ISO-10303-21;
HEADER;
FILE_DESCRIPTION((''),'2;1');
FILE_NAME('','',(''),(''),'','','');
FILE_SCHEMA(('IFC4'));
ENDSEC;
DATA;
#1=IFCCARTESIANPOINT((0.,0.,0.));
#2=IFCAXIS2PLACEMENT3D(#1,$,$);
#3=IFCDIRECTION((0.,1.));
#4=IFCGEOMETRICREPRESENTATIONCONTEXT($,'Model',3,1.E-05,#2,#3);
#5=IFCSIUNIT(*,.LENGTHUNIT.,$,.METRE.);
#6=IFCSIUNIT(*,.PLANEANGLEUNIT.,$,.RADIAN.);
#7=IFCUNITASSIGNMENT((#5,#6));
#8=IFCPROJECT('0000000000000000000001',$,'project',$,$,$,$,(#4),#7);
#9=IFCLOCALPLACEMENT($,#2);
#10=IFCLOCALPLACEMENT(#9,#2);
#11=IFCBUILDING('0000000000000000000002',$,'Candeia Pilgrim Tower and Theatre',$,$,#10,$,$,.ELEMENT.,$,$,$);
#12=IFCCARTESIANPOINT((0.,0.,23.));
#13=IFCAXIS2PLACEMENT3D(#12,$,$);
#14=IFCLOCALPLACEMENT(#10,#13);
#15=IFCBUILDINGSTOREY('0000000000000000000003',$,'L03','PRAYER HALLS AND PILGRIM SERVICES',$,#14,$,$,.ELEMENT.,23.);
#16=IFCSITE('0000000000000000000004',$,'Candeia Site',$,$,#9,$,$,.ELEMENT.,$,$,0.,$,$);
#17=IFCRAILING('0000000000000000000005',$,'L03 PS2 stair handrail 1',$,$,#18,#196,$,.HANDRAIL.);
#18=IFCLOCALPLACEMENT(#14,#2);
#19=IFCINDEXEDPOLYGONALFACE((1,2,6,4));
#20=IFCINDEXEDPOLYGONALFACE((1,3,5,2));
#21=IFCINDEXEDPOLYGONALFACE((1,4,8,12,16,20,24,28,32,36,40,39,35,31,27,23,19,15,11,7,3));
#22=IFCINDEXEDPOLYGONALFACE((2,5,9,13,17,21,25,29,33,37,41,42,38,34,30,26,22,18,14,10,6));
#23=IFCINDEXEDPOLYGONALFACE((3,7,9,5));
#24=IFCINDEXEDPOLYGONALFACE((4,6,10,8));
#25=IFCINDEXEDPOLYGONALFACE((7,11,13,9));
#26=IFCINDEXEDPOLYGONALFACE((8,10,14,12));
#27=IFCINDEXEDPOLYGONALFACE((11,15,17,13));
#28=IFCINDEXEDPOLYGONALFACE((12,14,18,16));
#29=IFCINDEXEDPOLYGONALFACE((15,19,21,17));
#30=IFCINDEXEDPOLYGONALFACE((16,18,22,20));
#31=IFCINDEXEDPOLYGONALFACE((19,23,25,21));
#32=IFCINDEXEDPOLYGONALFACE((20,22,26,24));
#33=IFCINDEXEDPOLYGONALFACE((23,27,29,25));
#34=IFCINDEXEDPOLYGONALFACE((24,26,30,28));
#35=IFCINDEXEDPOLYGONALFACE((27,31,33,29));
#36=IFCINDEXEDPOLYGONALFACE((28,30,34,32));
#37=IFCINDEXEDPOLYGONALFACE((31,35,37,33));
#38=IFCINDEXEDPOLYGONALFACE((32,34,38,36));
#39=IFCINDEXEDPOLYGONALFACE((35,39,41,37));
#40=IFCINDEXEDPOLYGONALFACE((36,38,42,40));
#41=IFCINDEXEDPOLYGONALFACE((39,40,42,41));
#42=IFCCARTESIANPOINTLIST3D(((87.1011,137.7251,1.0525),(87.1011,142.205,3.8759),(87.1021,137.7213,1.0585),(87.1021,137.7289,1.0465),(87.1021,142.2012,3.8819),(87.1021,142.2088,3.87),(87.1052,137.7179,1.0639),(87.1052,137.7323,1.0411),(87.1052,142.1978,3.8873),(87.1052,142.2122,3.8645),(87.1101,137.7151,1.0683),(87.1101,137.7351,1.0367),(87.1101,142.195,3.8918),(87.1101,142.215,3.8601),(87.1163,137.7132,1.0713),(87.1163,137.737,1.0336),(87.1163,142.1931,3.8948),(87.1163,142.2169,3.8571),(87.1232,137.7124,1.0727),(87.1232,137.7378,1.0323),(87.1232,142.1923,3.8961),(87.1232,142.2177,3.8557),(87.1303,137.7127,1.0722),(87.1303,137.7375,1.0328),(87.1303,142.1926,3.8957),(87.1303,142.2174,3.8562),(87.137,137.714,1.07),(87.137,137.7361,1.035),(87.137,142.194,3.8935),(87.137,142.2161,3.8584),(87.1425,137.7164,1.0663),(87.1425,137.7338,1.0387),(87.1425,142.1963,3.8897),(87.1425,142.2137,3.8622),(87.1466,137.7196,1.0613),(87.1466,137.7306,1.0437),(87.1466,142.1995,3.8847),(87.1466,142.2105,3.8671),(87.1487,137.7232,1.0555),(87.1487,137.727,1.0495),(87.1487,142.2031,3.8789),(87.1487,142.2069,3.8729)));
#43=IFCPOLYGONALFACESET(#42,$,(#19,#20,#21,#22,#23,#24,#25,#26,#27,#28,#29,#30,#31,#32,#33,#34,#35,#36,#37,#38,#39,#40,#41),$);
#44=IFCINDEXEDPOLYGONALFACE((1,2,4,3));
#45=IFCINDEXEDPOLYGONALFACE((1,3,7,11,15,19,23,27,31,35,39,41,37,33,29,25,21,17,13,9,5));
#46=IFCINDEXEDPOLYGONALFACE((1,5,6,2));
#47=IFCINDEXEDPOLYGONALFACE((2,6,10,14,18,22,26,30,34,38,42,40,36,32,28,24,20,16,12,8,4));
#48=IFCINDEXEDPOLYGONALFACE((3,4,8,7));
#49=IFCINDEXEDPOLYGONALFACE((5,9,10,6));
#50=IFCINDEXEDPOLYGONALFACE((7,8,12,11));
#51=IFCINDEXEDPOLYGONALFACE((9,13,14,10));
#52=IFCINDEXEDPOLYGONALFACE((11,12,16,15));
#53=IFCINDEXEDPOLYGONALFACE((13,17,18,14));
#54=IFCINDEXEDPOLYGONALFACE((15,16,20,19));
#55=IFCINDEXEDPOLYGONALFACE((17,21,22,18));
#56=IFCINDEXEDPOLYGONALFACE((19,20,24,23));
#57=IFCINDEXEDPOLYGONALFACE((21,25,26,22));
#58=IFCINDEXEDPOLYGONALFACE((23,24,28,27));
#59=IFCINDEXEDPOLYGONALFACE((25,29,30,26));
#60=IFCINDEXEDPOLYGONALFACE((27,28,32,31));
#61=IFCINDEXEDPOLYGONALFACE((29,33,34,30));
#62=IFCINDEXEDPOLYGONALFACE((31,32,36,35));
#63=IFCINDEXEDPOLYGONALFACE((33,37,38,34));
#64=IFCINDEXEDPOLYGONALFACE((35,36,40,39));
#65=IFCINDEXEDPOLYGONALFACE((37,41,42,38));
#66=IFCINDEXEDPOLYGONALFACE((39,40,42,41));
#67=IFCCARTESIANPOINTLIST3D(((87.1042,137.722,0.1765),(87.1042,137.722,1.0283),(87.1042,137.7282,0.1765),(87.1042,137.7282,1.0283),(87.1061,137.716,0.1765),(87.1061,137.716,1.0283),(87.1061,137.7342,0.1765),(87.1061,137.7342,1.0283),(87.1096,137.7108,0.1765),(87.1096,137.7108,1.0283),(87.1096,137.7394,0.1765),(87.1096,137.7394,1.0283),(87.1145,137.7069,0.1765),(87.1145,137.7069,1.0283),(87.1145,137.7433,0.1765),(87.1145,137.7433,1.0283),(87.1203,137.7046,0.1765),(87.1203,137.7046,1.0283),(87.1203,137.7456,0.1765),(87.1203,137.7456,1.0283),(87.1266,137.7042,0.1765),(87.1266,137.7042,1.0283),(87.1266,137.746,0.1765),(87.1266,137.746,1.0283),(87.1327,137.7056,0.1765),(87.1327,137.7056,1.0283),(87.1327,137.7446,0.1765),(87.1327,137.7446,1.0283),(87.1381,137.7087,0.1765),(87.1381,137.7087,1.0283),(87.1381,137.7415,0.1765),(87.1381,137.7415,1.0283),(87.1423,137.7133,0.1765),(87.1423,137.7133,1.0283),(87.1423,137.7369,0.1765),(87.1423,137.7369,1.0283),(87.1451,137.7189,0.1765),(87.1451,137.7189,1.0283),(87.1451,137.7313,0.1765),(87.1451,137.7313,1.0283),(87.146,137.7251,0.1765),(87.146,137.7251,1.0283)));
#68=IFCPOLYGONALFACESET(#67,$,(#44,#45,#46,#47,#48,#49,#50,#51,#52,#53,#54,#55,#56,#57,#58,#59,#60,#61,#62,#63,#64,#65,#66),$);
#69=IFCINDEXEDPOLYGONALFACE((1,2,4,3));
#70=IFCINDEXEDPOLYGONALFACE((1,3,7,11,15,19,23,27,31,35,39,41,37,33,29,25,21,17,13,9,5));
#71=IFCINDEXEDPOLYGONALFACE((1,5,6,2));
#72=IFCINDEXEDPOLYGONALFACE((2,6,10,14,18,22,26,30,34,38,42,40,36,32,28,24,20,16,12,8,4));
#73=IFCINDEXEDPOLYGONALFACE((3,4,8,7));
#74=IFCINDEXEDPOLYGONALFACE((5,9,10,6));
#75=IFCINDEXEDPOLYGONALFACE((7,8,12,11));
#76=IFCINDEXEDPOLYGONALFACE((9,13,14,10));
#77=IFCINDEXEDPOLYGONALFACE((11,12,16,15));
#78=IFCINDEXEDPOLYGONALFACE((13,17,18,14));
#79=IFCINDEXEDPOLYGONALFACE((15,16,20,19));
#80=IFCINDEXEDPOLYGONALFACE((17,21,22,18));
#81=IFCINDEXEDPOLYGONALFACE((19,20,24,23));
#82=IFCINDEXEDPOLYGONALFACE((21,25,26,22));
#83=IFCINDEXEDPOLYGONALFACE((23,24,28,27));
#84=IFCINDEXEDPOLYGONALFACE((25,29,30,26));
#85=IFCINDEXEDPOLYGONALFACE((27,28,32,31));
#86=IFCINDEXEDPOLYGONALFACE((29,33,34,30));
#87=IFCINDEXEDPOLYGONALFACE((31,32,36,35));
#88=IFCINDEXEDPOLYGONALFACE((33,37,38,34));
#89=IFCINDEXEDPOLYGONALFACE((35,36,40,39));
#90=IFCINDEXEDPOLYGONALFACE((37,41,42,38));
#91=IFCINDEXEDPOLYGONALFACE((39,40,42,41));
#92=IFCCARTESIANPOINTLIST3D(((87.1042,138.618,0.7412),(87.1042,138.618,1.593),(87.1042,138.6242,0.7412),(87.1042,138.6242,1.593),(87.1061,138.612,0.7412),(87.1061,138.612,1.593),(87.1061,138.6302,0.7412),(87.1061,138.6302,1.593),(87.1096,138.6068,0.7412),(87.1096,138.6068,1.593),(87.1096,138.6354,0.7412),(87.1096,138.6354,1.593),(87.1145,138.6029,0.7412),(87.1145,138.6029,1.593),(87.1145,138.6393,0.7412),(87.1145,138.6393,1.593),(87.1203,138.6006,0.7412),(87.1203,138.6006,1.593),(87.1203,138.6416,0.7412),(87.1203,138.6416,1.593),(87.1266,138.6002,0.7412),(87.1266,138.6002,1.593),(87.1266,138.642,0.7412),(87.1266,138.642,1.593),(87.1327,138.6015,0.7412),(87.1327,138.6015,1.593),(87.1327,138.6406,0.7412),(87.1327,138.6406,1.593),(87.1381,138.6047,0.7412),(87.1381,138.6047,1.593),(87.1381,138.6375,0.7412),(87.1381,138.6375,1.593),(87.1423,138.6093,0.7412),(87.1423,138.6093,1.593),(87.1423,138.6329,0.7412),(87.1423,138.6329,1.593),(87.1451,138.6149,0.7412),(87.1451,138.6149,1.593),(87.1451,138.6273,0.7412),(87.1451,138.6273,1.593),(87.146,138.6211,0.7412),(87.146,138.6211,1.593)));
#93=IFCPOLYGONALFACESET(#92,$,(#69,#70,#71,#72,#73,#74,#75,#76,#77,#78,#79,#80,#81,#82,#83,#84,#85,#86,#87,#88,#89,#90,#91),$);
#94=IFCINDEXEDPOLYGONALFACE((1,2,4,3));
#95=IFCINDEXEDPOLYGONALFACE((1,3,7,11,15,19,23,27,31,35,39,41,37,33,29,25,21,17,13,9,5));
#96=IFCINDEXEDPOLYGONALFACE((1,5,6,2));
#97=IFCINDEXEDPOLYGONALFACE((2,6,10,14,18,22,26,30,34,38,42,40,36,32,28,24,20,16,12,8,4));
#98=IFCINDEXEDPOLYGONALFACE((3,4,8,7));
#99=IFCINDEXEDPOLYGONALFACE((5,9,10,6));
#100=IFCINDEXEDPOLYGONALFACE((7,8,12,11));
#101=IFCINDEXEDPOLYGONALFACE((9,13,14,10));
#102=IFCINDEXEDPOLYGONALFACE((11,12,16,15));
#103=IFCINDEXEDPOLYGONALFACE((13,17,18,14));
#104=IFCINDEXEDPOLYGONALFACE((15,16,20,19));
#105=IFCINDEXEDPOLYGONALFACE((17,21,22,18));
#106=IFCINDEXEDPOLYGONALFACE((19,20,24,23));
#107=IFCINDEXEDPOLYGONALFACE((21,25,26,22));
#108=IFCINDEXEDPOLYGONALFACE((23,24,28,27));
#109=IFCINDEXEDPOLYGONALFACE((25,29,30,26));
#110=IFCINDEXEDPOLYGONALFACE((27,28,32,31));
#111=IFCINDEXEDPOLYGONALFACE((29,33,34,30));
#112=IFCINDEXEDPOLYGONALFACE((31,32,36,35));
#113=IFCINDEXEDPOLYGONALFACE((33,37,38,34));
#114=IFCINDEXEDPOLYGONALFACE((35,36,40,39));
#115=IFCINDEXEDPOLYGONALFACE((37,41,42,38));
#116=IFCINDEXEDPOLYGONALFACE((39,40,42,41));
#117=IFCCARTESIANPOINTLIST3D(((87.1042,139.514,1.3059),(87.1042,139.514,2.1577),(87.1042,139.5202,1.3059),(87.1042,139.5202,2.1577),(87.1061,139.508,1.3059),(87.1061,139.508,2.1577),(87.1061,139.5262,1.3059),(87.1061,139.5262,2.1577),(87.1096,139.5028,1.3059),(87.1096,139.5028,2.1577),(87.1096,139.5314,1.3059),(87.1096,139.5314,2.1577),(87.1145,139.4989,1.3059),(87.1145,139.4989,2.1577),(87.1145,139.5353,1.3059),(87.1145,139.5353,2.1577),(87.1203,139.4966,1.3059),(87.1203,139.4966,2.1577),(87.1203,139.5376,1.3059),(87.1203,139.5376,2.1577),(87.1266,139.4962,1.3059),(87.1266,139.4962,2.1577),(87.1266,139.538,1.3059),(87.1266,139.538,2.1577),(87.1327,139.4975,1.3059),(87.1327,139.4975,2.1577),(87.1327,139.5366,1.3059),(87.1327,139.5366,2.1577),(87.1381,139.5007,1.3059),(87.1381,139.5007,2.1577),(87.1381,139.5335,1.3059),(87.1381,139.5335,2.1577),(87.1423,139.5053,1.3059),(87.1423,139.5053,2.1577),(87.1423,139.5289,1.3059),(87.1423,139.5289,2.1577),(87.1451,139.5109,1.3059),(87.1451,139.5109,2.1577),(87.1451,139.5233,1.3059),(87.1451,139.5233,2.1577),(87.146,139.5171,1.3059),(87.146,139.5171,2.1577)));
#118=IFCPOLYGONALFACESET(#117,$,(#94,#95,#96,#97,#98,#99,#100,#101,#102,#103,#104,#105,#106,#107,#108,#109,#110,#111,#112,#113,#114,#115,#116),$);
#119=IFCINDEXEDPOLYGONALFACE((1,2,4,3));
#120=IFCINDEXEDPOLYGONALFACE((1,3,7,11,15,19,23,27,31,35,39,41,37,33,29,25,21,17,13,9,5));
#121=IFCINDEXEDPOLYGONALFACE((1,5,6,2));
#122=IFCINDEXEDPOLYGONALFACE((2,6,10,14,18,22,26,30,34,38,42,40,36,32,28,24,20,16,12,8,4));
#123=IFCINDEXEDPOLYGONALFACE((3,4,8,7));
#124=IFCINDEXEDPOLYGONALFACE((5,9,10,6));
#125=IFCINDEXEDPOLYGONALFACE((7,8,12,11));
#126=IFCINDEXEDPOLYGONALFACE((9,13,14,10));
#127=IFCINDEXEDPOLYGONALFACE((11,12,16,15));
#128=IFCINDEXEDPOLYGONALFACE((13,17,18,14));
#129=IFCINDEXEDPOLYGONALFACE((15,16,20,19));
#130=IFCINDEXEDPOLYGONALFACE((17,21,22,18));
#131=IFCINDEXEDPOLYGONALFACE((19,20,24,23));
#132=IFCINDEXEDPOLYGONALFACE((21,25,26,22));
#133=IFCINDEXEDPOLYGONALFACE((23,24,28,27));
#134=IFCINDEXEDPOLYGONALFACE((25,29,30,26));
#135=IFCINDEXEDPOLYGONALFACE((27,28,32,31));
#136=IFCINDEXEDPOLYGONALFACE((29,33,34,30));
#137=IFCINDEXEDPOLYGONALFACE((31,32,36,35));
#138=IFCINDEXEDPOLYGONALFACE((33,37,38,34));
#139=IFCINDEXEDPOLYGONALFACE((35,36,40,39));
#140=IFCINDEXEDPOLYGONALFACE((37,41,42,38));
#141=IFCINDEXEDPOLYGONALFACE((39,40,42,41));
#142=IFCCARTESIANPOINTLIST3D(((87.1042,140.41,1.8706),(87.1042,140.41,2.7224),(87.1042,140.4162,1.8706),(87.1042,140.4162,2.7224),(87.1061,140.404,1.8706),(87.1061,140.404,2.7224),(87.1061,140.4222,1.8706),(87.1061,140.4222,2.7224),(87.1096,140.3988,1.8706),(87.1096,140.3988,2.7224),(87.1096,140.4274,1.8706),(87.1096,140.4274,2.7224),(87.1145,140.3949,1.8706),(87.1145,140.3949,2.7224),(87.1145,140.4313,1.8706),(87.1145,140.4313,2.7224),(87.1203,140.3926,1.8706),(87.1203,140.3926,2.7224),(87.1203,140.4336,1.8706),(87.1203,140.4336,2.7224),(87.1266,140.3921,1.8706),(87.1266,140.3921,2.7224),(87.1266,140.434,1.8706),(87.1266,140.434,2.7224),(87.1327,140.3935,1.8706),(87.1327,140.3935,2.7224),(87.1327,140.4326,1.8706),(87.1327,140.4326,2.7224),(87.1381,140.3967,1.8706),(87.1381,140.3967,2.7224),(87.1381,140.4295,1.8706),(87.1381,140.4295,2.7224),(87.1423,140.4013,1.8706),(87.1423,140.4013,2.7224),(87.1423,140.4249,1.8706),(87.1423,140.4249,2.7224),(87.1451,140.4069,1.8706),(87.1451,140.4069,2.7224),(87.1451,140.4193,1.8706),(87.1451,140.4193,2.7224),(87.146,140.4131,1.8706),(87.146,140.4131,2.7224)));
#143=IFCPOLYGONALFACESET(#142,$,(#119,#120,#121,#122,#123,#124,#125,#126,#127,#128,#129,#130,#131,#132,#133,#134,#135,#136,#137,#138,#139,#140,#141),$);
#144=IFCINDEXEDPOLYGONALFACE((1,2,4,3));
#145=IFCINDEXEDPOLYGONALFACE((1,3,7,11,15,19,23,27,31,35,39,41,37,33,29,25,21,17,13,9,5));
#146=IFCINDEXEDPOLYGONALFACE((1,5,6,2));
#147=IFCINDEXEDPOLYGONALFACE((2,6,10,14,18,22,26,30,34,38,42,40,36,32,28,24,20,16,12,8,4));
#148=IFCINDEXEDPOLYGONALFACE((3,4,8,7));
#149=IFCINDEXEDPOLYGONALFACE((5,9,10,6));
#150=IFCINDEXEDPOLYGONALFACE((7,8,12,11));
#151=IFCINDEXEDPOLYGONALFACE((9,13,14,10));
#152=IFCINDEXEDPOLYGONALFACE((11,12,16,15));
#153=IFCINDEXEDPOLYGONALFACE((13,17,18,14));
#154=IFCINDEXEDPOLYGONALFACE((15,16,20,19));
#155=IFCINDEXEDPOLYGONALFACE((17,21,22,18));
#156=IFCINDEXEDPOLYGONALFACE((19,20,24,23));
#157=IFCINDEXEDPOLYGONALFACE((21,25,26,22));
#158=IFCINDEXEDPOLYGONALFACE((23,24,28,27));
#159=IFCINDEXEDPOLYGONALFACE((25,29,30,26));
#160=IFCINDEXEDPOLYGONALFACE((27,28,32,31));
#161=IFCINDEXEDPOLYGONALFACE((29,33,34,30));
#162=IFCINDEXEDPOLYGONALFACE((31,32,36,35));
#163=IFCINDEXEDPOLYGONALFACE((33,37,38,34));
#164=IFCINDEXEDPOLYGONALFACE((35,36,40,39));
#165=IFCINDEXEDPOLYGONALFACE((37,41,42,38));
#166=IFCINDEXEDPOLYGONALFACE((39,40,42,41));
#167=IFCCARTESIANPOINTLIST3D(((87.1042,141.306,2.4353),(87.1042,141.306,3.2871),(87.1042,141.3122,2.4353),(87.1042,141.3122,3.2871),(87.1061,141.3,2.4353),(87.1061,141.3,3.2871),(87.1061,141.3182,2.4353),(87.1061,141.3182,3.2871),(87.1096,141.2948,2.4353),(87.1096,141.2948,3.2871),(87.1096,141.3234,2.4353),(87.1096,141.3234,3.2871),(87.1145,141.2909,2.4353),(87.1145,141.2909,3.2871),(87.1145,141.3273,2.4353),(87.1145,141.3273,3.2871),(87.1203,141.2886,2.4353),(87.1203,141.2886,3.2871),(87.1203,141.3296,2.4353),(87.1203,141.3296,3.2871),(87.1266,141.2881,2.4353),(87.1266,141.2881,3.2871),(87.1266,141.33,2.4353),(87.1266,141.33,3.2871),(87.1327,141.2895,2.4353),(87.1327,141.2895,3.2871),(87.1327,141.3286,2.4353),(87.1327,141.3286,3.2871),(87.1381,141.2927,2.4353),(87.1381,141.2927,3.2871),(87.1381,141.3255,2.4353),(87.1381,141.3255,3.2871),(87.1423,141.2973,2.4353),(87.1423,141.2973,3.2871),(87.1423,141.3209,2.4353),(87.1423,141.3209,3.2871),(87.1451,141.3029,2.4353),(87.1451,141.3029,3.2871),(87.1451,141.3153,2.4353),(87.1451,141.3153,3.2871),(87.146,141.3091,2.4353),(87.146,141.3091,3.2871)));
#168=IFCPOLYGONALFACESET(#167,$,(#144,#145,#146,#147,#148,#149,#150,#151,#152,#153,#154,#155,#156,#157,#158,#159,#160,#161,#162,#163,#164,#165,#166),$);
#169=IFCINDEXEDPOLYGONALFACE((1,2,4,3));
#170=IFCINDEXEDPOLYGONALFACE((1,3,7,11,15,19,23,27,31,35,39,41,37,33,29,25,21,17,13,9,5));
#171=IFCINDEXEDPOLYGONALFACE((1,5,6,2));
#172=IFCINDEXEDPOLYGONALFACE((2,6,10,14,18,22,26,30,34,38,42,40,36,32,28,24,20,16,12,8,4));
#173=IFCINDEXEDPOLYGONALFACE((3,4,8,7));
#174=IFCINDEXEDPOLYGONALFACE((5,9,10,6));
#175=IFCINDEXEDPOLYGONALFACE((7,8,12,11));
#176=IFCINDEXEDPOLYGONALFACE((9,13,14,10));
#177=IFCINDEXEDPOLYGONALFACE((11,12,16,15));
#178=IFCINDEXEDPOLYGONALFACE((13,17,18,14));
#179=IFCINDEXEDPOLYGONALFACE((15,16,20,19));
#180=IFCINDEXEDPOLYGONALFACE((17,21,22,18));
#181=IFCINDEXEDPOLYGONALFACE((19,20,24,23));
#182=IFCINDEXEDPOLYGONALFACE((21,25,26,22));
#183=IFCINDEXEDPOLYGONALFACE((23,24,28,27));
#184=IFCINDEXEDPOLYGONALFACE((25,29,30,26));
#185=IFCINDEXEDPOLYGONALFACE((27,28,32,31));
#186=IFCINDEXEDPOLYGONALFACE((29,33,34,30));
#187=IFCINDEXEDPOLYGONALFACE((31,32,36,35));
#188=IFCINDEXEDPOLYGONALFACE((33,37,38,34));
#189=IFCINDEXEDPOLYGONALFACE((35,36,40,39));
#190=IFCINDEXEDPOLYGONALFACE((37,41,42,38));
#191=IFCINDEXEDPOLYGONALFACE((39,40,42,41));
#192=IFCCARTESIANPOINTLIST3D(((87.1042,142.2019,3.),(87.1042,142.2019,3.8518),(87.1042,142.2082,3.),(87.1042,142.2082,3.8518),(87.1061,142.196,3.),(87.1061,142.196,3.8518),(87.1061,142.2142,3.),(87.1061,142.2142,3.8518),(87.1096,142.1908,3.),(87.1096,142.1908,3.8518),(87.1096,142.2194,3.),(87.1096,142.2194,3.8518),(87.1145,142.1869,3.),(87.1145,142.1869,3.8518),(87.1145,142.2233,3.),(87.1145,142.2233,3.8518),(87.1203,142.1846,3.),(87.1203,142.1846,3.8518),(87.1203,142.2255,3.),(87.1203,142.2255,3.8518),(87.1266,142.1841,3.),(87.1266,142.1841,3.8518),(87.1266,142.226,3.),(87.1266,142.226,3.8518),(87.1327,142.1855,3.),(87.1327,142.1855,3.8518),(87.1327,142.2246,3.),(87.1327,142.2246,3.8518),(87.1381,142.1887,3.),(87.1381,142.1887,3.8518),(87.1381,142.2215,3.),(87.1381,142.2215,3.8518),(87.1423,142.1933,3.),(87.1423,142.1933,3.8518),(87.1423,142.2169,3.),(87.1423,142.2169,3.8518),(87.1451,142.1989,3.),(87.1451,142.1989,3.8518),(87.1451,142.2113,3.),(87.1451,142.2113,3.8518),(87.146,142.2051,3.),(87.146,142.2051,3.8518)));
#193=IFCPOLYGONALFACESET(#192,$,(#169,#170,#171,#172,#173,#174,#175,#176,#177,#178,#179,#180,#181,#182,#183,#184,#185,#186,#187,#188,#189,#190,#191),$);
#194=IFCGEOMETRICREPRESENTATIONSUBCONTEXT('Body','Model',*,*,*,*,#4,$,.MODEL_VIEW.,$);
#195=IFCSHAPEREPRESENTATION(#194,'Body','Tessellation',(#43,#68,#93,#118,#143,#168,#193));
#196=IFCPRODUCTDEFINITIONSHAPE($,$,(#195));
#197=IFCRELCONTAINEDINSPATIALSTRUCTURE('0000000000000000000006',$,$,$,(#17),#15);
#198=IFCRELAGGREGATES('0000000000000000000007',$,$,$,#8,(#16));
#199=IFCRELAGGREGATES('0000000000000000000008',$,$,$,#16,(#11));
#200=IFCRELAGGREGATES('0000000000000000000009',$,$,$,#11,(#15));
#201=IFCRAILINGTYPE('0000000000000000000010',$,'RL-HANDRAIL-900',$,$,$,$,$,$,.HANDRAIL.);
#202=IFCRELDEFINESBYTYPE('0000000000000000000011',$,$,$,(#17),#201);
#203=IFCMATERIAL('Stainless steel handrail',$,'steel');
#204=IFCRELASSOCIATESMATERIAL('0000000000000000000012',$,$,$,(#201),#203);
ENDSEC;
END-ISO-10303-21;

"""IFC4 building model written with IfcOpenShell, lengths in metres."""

from ifc_helpers import new_model, si_unit, direction, frame, origin, origin_2d, place, context, subcontext, project, spatial, circle, extrude, material, type_object, element, save


model = new_model("IFC4")

# Units and contexts
model_context = context("Model", 3, precision=1e-05, world=origin(), true_north=direction((0.0, 1.0)))
body_context = subcontext(model_context, "Body", "Model", "MODEL_VIEW")
ifc_project = project(units=[si_unit("LENGTHUNIT", "METRE"), si_unit("PLANEANGLEUNIT", "RADIAN")], contexts=[model_context])

# Site, building, storey
site_placement = place(None, origin())
site = spatial("IfcSite", under=ifc_project, at=site_placement, Name="Candeia Site", CompositionType="ELEMENT", RefElevation=0.0)
building_placement = place(site_placement, origin())
building = spatial("IfcBuilding", under=site, at=building_placement, Name="Candeia Pilgrim Tower and Theatre", CompositionType="ELEMENT")
storey_placement = place(building_placement, frame((0.0, 0.0, 23.0)))
storey = spatial("IfcBuildingStorey", under=building, at=storey_placement, Name="L03", Description="PRAYER HALLS AND PILGRIM SERVICES", CompositionType="ELEMENT", Elevation=23.0)

# Railing
ifc_material_1 = material(Name="Stainless steel handrail", Category="steel")
railing_type_1 = type_object("IfcRailingType", Name="RL-HANDRAIL-900", PredefinedType="HANDRAIL", material=ifc_material_1)
for number, where, name in (
    (1, (87.125, 137.7251, 0.1765), "L03 PS2 stair handrail 1"),
):
    element("IfcRailing", number, at=place(storey_placement, frame(where)), inside=storey, type_object=railing_type_1, Name=name, PredefinedType="HANDRAIL", context=body_context, shape_type="SweptSolid", body=[
        extrude(circle(Radius=0.0239, at=origin_2d()), frame((0.0, 0.0, 0.876), z_axis=(0.0, 0.845998, 0.533186), x_axis=(-1.0, 0.0, 0.0)), (0.0, 0.0, 1.0), 5.2954),
        extrude(circle(Radius=0.021, at=origin_2d()), origin(), (0.0, 0.0, 1.0), 0.8518),
        extrude(circle(Radius=0.021, at=origin_2d()), frame((0.0, 0.896, 0.5647)), (0.0, 0.0, 1.0), 0.8518),
        extrude(circle(Radius=0.021, at=origin_2d()), frame((0.0, 1.792, 1.1294)), (0.0, 0.0, 1.0), 0.8518),
        extrude(circle(Radius=0.021, at=origin_2d()), frame((0.0, 2.688, 1.6941)), (0.0, 0.0, 1.0), 0.8518),
        extrude(circle(Radius=0.021, at=origin_2d()), frame((0.0, 3.584, 2.2588)), (0.0, 0.0, 1.0), 0.8518),
        extrude(circle(Radius=0.021, at=origin_2d()), frame((0.0, 4.48, 2.8235)), (0.0, 0.0, 1.0), 0.8518),
    ])

save(model, "model.ifc")
